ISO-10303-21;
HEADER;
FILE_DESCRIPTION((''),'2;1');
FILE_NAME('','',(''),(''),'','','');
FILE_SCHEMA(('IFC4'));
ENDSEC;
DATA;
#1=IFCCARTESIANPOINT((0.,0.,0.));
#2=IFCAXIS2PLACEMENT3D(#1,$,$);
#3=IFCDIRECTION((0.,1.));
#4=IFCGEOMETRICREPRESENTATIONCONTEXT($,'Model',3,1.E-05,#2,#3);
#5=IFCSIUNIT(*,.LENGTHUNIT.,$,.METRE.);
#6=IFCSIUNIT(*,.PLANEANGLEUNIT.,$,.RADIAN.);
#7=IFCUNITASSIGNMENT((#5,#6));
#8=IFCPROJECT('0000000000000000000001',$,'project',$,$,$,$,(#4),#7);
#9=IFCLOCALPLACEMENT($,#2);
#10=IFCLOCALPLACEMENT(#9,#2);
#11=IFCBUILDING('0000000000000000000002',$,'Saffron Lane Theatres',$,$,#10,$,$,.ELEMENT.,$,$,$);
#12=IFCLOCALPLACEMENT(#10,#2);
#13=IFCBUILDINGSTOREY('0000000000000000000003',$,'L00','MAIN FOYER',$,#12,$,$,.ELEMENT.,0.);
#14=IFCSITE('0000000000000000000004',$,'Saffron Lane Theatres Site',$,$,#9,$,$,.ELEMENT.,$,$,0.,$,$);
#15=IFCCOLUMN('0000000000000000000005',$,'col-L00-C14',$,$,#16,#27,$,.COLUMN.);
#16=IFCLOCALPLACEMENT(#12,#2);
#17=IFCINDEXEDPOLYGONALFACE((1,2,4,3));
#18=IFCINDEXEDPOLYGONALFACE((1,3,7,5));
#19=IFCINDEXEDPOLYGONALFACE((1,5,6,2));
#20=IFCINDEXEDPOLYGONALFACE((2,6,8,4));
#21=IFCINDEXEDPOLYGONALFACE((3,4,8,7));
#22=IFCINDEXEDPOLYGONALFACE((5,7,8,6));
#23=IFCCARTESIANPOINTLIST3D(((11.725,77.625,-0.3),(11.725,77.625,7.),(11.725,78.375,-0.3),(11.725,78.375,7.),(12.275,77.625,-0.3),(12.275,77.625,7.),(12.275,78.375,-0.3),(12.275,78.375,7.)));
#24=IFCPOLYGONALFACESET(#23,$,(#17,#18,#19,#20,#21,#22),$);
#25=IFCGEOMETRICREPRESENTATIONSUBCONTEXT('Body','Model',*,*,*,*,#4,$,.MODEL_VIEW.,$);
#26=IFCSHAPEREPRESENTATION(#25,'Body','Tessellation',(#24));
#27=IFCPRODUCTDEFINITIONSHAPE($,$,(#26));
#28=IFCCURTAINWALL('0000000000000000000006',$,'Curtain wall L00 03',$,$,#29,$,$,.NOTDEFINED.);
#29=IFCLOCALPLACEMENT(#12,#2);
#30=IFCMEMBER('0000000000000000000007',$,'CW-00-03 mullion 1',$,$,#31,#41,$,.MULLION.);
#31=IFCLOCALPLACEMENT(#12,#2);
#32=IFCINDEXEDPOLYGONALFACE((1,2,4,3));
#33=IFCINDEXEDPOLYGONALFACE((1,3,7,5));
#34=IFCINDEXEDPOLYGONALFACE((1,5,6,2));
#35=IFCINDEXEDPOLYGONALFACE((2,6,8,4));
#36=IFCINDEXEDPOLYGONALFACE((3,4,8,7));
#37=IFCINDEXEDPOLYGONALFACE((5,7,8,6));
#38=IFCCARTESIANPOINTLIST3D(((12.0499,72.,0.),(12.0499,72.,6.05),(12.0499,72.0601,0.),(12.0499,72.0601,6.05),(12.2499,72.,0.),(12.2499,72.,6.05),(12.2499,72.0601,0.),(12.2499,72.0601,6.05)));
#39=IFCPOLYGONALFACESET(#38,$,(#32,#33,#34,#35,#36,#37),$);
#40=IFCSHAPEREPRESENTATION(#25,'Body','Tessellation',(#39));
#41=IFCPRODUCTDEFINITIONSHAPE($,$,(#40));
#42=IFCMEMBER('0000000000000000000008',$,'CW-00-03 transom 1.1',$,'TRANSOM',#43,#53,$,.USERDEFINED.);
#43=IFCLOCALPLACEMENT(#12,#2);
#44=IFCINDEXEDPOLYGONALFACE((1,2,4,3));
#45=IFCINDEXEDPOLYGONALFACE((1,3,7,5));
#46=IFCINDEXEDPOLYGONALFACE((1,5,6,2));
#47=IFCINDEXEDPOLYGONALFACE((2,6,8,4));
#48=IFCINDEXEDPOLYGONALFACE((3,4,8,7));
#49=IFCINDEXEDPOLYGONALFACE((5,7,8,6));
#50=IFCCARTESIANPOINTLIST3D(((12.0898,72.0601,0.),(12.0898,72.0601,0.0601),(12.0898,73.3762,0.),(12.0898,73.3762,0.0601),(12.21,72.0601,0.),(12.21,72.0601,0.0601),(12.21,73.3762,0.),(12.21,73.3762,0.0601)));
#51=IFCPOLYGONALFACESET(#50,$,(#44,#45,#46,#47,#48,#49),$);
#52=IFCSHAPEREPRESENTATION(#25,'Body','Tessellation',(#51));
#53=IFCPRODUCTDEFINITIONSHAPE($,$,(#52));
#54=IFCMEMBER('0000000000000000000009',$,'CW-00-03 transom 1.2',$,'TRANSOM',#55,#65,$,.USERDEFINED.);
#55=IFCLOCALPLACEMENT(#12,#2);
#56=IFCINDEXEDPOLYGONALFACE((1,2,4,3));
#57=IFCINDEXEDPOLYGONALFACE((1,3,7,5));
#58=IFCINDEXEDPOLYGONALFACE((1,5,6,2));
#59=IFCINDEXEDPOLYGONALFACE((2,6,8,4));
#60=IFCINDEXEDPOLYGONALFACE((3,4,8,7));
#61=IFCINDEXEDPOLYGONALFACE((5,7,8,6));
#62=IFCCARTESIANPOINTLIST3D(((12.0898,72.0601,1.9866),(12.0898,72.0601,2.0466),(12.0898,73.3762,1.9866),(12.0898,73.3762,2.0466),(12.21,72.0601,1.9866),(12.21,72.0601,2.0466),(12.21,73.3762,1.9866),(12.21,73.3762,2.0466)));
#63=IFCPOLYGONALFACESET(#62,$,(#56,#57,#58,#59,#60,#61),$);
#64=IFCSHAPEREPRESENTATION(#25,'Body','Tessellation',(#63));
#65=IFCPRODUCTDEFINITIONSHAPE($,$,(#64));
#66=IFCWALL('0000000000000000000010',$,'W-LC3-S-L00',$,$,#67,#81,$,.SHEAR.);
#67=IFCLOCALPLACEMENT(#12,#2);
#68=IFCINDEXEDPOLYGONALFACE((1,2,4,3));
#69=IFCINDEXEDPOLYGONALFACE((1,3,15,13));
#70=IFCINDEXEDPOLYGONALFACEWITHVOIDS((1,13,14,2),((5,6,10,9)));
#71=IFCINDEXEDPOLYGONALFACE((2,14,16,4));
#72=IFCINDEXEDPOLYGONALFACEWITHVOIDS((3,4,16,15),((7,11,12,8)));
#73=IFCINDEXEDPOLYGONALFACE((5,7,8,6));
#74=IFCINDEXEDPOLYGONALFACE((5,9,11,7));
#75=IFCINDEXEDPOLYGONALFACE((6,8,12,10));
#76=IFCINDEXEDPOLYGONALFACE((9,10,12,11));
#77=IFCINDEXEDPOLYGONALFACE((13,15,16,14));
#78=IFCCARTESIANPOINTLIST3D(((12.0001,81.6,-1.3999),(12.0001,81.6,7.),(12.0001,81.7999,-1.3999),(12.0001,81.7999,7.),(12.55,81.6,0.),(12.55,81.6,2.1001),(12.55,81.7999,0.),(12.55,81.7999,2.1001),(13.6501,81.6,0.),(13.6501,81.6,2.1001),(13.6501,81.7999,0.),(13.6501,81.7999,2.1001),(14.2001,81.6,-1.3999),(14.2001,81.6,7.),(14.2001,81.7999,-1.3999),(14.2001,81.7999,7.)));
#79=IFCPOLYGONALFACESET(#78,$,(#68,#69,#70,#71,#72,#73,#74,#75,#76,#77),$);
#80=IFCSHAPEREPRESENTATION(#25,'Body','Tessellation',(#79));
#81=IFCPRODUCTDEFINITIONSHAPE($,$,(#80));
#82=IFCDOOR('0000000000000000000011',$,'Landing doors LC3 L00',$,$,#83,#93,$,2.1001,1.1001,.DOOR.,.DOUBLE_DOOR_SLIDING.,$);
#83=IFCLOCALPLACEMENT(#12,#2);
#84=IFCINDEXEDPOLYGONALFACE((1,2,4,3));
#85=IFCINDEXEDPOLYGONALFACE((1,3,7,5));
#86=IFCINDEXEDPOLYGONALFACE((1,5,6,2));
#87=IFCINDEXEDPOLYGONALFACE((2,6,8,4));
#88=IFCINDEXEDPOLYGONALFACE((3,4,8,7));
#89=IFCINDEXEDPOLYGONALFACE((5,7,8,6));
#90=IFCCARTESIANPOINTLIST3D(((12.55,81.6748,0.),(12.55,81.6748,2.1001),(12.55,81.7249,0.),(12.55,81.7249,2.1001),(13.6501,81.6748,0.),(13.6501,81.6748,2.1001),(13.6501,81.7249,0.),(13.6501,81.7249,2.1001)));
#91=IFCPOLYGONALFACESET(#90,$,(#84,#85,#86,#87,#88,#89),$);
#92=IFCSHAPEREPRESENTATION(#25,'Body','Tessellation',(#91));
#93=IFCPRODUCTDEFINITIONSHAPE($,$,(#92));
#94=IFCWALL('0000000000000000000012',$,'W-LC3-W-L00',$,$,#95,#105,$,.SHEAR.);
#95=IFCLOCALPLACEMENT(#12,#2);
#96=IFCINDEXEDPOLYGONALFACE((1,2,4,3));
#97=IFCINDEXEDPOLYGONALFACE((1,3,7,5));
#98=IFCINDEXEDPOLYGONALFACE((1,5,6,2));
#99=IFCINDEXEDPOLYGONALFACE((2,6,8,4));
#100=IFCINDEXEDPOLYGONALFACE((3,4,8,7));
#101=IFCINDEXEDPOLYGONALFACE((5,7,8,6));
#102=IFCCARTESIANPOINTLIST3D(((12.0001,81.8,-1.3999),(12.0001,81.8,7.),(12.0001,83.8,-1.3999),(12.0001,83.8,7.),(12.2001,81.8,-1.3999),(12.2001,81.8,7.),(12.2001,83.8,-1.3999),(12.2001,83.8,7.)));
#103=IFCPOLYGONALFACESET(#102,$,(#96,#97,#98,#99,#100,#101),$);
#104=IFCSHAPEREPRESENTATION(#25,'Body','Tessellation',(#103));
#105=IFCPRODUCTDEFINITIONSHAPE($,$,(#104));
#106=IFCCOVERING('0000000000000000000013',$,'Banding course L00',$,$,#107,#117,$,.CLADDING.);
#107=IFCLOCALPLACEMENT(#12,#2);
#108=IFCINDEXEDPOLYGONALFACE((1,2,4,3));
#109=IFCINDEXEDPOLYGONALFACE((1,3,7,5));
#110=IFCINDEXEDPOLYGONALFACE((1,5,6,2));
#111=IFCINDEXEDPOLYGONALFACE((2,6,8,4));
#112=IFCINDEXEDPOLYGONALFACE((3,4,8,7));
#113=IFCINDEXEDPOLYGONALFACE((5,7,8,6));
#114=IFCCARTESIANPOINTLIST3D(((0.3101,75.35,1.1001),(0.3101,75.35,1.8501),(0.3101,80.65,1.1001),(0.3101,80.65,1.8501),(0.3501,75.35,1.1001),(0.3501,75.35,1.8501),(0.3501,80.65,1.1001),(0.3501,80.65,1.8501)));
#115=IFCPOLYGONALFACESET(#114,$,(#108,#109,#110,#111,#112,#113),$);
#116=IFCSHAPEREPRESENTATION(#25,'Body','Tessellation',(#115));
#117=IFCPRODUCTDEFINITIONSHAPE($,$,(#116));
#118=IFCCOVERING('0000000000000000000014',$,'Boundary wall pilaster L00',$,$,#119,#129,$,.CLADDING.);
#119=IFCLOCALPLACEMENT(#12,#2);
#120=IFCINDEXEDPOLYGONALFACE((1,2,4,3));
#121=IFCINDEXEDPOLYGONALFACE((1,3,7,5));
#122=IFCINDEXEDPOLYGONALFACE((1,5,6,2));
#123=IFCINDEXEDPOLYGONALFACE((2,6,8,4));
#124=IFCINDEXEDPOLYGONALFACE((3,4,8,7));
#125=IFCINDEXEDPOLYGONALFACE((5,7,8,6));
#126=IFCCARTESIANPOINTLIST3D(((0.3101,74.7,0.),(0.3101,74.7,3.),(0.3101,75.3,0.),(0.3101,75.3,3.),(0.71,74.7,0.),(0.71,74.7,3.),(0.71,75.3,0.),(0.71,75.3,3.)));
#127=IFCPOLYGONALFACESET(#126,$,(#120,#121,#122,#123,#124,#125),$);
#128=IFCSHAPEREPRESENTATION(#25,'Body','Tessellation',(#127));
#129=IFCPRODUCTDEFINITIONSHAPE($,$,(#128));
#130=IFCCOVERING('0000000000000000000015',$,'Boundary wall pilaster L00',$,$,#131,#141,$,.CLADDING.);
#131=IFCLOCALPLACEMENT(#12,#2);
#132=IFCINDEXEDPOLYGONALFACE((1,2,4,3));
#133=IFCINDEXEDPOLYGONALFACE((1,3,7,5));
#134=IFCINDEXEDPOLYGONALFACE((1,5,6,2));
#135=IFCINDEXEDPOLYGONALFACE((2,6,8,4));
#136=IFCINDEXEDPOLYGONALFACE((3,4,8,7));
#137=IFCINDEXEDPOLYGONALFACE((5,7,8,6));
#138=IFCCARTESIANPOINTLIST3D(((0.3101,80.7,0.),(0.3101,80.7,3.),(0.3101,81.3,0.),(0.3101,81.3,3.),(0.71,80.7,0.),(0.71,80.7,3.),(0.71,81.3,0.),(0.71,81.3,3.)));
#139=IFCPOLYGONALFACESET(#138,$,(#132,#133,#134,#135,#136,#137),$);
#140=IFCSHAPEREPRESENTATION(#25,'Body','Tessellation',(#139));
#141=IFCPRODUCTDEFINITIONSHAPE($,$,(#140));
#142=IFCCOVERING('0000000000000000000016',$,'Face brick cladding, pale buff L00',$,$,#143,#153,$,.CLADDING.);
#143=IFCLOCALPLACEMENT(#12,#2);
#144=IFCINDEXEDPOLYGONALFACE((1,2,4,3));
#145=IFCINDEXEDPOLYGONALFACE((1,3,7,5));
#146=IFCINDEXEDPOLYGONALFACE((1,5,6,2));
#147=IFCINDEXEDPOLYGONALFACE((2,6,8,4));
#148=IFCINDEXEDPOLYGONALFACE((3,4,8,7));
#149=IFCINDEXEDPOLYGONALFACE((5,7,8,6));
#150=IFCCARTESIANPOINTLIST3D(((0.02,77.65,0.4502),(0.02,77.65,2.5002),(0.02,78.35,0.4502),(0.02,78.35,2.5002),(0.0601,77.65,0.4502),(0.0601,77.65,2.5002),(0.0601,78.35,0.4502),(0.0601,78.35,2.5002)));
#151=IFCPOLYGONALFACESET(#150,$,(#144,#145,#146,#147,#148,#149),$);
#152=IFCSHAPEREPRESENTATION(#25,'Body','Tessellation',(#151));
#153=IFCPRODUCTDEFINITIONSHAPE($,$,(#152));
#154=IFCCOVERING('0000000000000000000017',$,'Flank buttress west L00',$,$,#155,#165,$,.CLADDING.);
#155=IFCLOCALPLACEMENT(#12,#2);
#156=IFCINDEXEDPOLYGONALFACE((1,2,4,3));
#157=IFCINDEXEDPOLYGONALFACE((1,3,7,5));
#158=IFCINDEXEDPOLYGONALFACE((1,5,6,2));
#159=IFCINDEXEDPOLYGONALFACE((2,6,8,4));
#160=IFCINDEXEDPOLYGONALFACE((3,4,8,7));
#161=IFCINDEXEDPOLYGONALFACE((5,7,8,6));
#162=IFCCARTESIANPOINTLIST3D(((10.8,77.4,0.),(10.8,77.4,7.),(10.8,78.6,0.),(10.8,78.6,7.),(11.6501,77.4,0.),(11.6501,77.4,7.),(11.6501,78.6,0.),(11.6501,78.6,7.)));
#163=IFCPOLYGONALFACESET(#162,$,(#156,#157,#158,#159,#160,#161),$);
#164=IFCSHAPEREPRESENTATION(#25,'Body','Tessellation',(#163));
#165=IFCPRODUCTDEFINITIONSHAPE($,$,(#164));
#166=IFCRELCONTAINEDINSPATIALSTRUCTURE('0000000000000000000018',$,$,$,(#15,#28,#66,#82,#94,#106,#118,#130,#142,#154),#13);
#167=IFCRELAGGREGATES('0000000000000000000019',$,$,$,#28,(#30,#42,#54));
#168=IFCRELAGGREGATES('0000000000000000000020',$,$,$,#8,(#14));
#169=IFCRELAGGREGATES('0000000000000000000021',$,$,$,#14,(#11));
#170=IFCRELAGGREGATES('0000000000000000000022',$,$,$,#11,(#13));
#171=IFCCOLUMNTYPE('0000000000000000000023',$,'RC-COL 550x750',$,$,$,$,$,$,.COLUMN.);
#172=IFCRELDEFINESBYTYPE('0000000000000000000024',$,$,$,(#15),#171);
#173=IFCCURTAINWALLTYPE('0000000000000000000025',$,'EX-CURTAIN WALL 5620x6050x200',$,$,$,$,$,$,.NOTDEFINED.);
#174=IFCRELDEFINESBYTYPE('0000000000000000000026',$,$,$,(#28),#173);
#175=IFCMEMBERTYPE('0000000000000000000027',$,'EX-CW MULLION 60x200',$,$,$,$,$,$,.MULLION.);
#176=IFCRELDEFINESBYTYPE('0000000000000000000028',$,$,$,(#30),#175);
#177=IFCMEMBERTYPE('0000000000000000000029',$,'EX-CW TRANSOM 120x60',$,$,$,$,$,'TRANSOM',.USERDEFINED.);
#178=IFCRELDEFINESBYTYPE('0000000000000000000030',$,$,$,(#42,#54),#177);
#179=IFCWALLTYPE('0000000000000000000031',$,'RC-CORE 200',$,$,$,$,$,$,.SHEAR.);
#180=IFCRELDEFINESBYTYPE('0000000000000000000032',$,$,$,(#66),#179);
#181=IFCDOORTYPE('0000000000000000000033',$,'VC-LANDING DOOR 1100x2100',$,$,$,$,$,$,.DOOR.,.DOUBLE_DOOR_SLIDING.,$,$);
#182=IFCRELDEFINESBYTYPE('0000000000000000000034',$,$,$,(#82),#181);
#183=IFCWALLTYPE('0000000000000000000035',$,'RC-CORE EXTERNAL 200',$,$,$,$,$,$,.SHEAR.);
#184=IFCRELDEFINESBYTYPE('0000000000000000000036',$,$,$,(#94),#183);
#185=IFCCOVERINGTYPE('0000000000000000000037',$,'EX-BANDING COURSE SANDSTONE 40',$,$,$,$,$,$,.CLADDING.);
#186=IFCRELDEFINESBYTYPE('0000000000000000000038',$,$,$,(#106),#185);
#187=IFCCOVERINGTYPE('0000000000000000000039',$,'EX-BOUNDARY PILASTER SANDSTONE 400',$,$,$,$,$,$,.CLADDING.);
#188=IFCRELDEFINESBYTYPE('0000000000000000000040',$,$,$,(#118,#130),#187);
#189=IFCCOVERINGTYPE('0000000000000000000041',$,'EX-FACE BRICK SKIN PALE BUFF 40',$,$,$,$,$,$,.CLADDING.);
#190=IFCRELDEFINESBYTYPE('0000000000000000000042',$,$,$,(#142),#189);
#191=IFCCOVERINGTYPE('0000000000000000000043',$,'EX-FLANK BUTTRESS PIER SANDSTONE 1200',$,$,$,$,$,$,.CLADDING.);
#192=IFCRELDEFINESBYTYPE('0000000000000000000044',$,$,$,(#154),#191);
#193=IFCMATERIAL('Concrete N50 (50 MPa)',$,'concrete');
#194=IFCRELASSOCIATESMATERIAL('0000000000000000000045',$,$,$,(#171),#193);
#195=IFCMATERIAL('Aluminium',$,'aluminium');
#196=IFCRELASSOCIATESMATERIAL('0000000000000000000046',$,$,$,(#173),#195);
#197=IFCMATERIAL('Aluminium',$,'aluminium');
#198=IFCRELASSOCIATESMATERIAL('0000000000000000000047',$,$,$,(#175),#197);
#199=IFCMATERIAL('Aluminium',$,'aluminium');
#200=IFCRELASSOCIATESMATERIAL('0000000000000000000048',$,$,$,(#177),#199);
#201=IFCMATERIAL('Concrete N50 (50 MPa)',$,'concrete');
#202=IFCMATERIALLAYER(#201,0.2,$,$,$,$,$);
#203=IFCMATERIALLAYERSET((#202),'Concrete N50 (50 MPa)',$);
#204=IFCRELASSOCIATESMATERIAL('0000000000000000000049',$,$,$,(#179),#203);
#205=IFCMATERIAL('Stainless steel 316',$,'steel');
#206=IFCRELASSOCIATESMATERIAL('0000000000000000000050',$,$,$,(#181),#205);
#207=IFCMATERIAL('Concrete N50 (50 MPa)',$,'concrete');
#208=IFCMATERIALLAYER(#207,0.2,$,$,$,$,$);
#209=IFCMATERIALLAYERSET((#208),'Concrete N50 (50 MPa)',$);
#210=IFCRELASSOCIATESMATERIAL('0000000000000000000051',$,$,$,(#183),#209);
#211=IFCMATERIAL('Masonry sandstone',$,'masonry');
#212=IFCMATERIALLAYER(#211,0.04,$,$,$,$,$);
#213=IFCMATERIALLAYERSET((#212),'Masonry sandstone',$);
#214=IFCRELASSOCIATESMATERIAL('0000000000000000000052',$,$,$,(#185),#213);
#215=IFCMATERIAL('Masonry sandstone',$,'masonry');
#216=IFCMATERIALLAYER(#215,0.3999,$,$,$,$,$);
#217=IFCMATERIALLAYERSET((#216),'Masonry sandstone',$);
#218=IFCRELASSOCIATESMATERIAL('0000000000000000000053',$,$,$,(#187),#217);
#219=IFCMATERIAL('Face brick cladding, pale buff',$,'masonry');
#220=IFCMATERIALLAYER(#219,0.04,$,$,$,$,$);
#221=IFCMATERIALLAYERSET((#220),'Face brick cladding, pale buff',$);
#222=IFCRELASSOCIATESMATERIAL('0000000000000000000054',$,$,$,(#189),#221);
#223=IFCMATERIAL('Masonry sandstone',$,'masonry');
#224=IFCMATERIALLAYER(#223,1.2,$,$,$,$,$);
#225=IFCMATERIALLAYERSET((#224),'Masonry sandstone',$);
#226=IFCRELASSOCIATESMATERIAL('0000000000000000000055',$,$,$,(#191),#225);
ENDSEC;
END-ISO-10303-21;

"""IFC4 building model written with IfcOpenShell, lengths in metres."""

from ifc_helpers import new_model, si_unit, direction, frame, frame_2d, origin, origin_2d, place, context, subcontext, project, spatial, rectangle, extrude, material, layer, layer_set, material_profile, profile_set, type_object, element, fill, aggregate, save


model = new_model("IFC4")

# Units and contexts
model_context = context("Model", 3, precision=1e-05, world=origin(), true_north=direction((0.0, 1.0)))
body_context = subcontext(model_context, "Body", "Model", "MODEL_VIEW")
ifc_project = project(units=[si_unit("LENGTHUNIT", "METRE"), si_unit("PLANEANGLEUNIT", "RADIAN")], contexts=[model_context])

# Site, building, storey
site_placement = place(None, origin())
site = spatial("IfcSite", under=ifc_project, at=site_placement, Name="Saffron Lane Theatres Site", CompositionType="ELEMENT", RefElevation=0.0)
building_placement = place(site_placement, origin())
building = spatial("IfcBuilding", under=site, at=building_placement, Name="Saffron Lane Theatres", CompositionType="ELEMENT")
storey_placement = place(building_placement, origin())
storey = spatial("IfcBuildingStorey", under=building, at=storey_placement, Name="L00", Description="MAIN FOYER", CompositionType="ELEMENT", Elevation=0.0)

# Column
ifc_material_1 = material(Name="Concrete N50 (50 MPa)", Category="concrete")
ifc_material_profile_1 = material_profile(ifc_material_1, rectangle(XDim=0.55, YDim=0.75, at=origin_2d()))
ifc_profile_set_1 = profile_set([ifc_material_profile_1], Name="Concrete N50 (50 MPa)")
column_type = type_object("IfcColumnType", Name="RC-COL 550x750", PredefinedType="COLUMN", material=ifc_profile_set_1)
column_placement = place(storey_placement, frame((12.0, 78.0, -0.3), z_axis=(0.0, 0.0, 1.0), x_axis=(1.0, 0.0, 0.0)))
element("IfcColumn", 1, at=column_placement, inside=storey, type_object=column_type, Name="col-L00-C14", PredefinedType="COLUMN", context=body_context, shape_type="SweptSolid", body=[
    extrude(rectangle(XDim=0.55, YDim=0.75, at=origin_2d()), origin(), (0.0, 0.0, 1.0), 7.3),
])

# Curtain wall, members
ifc_material_2 = material(Name="Aluminium", Category="aluminium")
curtain_wall_type = type_object("IfcCurtainWallType", Name="EX-CURTAIN WALL 5620x6050x200", PredefinedType="NOTDEFINED", material=ifc_material_2)
curtain_wall_placement = place(storey_placement, origin())
curtain_wall = element("IfcCurtainWall", 2, at=curtain_wall_placement, inside=storey, type_object=curtain_wall_type, Name="Curtain wall L00 03", PredefinedType="NOTDEFINED")
ifc_material_3 = material(Name="Aluminium", Category="aluminium")
ifc_material_profile_2 = material_profile(ifc_material_3, rectangle(XDim=0.0601, YDim=0.2, at=origin_2d()))
ifc_profile_set_2 = profile_set([ifc_material_profile_2], Name="Aluminium")
member_type_1 = type_object("IfcMemberType", Name="EX-CW MULLION 60x200", PredefinedType="MULLION", material=ifc_profile_set_2)
member_1_placement = place(storey_placement, frame((12.1499, 72.03, 0.0), z_axis=(0.0, 0.0, 1.0), x_axis=(0.0, 1.0, 0.0)))
member_1 = element("IfcMember", 3, at=member_1_placement, type_object=member_type_1, Name="CW-00-03 mullion 1", PredefinedType="MULLION", context=body_context, shape_type="SweptSolid", body=[
    extrude(rectangle(XDim=0.0601, YDim=0.2, at=origin_2d()), origin(), (0.0, 0.0, 1.0), 6.05),
])
ifc_material_4 = material(Name="Aluminium", Category="aluminium")
ifc_material_profile_3 = material_profile(ifc_material_4, rectangle(XDim=0.1201, YDim=0.0601, at=origin_2d()))
ifc_profile_set_3 = profile_set([ifc_material_profile_3], Name="Aluminium")
member_type_2 = type_object("IfcMemberType", Name="EX-CW TRANSOM 120x60", ElementType="TRANSOM", PredefinedType="USERDEFINED", material=ifc_profile_set_3)
member_2_placement = place(storey_placement, frame((12.1499, 72.0601, 0.03), z_axis=(0.0, 1.0, 0.0), x_axis=(-1.0, 0.0, 0.0)))
member_2 = element("IfcMember", 4, at=member_2_placement, type_object=member_type_2, Name="CW-00-03 transom 1.1", ObjectType="TRANSOM", PredefinedType="USERDEFINED", context=body_context, shape_type="SweptSolid", body=[
    extrude(rectangle(XDim=0.1201, YDim=0.0601, at=origin_2d()), origin(), (0.0, 0.0, 1.0), 1.3162),
])
member_3_placement = place(storey_placement, frame((12.1499, 72.0601, 2.0166), z_axis=(0.0, 1.0, 0.0), x_axis=(-1.0, 0.0, 0.0)))
member_3 = element("IfcMember", 5, at=member_3_placement, type_object=member_type_2, Name="CW-00-03 transom 1.2", ObjectType="TRANSOM", PredefinedType="USERDEFINED", context=body_context, shape_type="SweptSolid", body=[
    extrude(rectangle(XDim=0.1201, YDim=0.0601, at=origin_2d()), origin(), (0.0, 0.0, 1.0), 1.3162),
])
aggregate(curtain_wall, [member_1, member_2, member_3])

# Wall, opening, door
ifc_material_5 = material(Name="Concrete N50 (50 MPa)", Category="concrete")
ifc_layer_1 = layer(ifc_material_5, 0.2)
ifc_layer_set_1 = layer_set([ifc_layer_1], Name="Concrete N50 (50 MPa)")
wall_type_1 = type_object("IfcWallType", Name="RC-CORE 200", PredefinedType="SHEAR", material=ifc_layer_set_1)
wall_1_placement = place(storey_placement, frame((12.0, 81.7, -1.3999), z_axis=(0.0, 0.0, 1.0), x_axis=(1.0, 0.0, 0.0)))
wall_1 = element("IfcWall", 6, at=wall_1_placement, inside=storey, type_object=wall_type_1, Name="W-LC3-S-L00", PredefinedType="SHEAR", context=body_context, shape_type="SweptSolid", body=[
    extrude(rectangle(XDim=2.2, YDim=0.2, at=frame_2d((1.1001, 0.0))), origin(), (0.0, 0.0, 1.0), 8.3999),
])
opening_placement = place(wall_1_placement, frame((0.55, 0.0, 1.3999)))
opening = element("IfcOpeningElement", 7, at=opening_placement, cuts=wall_1, PredefinedType="OPENING", context=body_context, shape_type="SweptSolid", body=[
    extrude(rectangle(XDim=1.1001, YDim=2.1001, at=frame_2d((0.55, 1.05))), frame((0.0, 0.1099, 0.0), z_axis=(0.0, -1.0, 0.0), x_axis=(1.0, 0.0, 0.0)), (0.0, 0.0, 1.0), 0.22),
])
ifc_material_6 = material(Name="Stainless steel 316", Category="steel")
door_type = type_object("IfcDoorType", Name="VC-LANDING DOOR 1100x2100", OperationType="DOUBLE_DOOR_SLIDING", PredefinedType="DOOR", material=ifc_material_6)
door_placement = place(opening_placement, origin())
door = element("IfcDoor", 8, at=door_placement, inside=storey, type_object=door_type, Name="Landing doors LC3 L00", OperationType="DOUBLE_DOOR_SLIDING", OverallHeight=2.1001, OverallWidth=1.1001, PredefinedType="DOOR", context=body_context, shape_type="SweptSolid", body=[
    extrude(rectangle(XDim=1.1001, YDim=2.1001, at=frame_2d((0.55, 1.05))), frame((0.0, 0.0249, 0.0), z_axis=(0.0, -1.0, 0.0), x_axis=(1.0, 0.0, 0.0)), (0.0, 0.0, 1.0), 0.05),
])
fill(opening, door)

# Wall
ifc_material_7 = material(Name="Concrete N50 (50 MPa)", Category="concrete")
ifc_layer_2 = layer(ifc_material_7, 0.2)
ifc_layer_set_2 = layer_set([ifc_layer_2], Name="Concrete N50 (50 MPa)")
wall_type_2 = type_object("IfcWallType", Name="RC-CORE EXTERNAL 200", PredefinedType="SHEAR", material=ifc_layer_set_2)
wall_2_placement = place(storey_placement, frame((12.1001, 81.8, -1.3999), z_axis=(0.0, 0.0, 1.0), x_axis=(0.0, 1.0, 0.0)))
element("IfcWall", 9, at=wall_2_placement, inside=storey, type_object=wall_type_2, Name="W-LC3-W-L00", PredefinedType="SHEAR", context=body_context, shape_type="SweptSolid", body=[
    extrude(rectangle(XDim=2.0, YDim=0.2, at=frame_2d((1.0, 0.0))), origin(), (0.0, 0.0, 1.0), 8.3999),
])

# Coverings
ifc_material_8 = material(Name="Masonry sandstone", Category="masonry")
ifc_layer_3 = layer(ifc_material_8, 0.04)
ifc_layer_set_3 = layer_set([ifc_layer_3], Name="Masonry sandstone")
covering_type_1 = type_object("IfcCoveringType", Name="EX-BANDING COURSE SANDSTONE 40", PredefinedType="CLADDING", material=ifc_layer_set_3)
covering_1_placement = place(storey_placement, frame((0.3301, 78.0, 1.1001), z_axis=(0.0, 0.0, 1.0), x_axis=(0.0, 1.0, 0.0)))
element("IfcCovering", 10, at=covering_1_placement, inside=storey, type_object=covering_type_1, Name="Banding course L00", PredefinedType="CLADDING", context=body_context, shape_type="SweptSolid", body=[
    extrude(rectangle(XDim=5.3, YDim=0.04, at=origin_2d()), origin(), (0.0, 0.0, 1.0), 0.75),
])
ifc_material_9 = material(Name="Masonry sandstone", Category="masonry")
ifc_layer_4 = layer(ifc_material_9, 0.3999)
ifc_layer_set_4 = layer_set([ifc_layer_4], Name="Masonry sandstone")
covering_type_2 = type_object("IfcCoveringType", Name="EX-BOUNDARY PILASTER SANDSTONE 400", PredefinedType="CLADDING", material=ifc_layer_set_4)
for number, where, z_axis, x_axis, name in (
    (11, (0.51, 75.0, 0.0), (0.0, 0.0, 1.0), (0.0, 1.0, 0.0), "Boundary wall pilaster L00"),
    (12, (0.51, 81.0, 0.0), (0.0, 0.0, 1.0), (0.0, 1.0, 0.0), "Boundary wall pilaster L00"),
):
    element("IfcCovering", number, at=place(storey_placement, frame(where, z_axis=z_axis, x_axis=x_axis)), inside=storey, type_object=covering_type_2, Name=name, PredefinedType="CLADDING", context=body_context, shape_type="SweptSolid", body=[
        extrude(rectangle(XDim=0.6001, YDim=0.3999, at=origin_2d()), origin(), (0.0, 0.0, 1.0), 3.0),
    ])
ifc_material_10 = material(Name="Face brick cladding, pale buff", Category="masonry")
ifc_layer_5 = layer(ifc_material_10, 0.04)
ifc_layer_set_5 = layer_set([ifc_layer_5], Name="Face brick cladding, pale buff")
covering_type_3 = type_object("IfcCoveringType", Name="EX-FACE BRICK SKIN PALE BUFF 40", PredefinedType="CLADDING", material=ifc_layer_set_5)
covering_2_placement = place(storey_placement, frame((0.04, 78.0, 0.4502), z_axis=(0.0, 0.0, 1.0), x_axis=(0.0, 1.0, 0.0)))
element("IfcCovering", 13, at=covering_2_placement, inside=storey, type_object=covering_type_3, Name="Face brick cladding, pale buff L00", PredefinedType="CLADDING", context=body_context, shape_type="SweptSolid", body=[
    extrude(rectangle(XDim=0.7, YDim=0.04, at=origin_2d()), origin(), (0.0, 0.0, 1.0), 2.05),
])
ifc_material_11 = material(Name="Masonry sandstone", Category="masonry")
ifc_layer_6 = layer(ifc_material_11, 1.2)
ifc_layer_set_6 = layer_set([ifc_layer_6], Name="Masonry sandstone")
covering_type_4 = type_object("IfcCoveringType", Name="EX-FLANK BUTTRESS PIER SANDSTONE 1200", PredefinedType="CLADDING", material=ifc_layer_set_6)
covering_3_placement = place(storey_placement, frame((11.2251, 78.0, 0.0), z_axis=(0.0, 0.0, 1.0), x_axis=(0.0, 1.0, 0.0)))
element("IfcCovering", 14, at=covering_3_placement, inside=storey, type_object=covering_type_4, Name="Flank buttress west L00", PredefinedType="CLADDING", context=body_context, shape_type="SweptSolid", body=[
    extrude(rectangle(XDim=1.2, YDim=0.8501, at=origin_2d()), origin(), (0.0, 0.0, 1.0), 7.0),
])

save(model, "model.ifc")
